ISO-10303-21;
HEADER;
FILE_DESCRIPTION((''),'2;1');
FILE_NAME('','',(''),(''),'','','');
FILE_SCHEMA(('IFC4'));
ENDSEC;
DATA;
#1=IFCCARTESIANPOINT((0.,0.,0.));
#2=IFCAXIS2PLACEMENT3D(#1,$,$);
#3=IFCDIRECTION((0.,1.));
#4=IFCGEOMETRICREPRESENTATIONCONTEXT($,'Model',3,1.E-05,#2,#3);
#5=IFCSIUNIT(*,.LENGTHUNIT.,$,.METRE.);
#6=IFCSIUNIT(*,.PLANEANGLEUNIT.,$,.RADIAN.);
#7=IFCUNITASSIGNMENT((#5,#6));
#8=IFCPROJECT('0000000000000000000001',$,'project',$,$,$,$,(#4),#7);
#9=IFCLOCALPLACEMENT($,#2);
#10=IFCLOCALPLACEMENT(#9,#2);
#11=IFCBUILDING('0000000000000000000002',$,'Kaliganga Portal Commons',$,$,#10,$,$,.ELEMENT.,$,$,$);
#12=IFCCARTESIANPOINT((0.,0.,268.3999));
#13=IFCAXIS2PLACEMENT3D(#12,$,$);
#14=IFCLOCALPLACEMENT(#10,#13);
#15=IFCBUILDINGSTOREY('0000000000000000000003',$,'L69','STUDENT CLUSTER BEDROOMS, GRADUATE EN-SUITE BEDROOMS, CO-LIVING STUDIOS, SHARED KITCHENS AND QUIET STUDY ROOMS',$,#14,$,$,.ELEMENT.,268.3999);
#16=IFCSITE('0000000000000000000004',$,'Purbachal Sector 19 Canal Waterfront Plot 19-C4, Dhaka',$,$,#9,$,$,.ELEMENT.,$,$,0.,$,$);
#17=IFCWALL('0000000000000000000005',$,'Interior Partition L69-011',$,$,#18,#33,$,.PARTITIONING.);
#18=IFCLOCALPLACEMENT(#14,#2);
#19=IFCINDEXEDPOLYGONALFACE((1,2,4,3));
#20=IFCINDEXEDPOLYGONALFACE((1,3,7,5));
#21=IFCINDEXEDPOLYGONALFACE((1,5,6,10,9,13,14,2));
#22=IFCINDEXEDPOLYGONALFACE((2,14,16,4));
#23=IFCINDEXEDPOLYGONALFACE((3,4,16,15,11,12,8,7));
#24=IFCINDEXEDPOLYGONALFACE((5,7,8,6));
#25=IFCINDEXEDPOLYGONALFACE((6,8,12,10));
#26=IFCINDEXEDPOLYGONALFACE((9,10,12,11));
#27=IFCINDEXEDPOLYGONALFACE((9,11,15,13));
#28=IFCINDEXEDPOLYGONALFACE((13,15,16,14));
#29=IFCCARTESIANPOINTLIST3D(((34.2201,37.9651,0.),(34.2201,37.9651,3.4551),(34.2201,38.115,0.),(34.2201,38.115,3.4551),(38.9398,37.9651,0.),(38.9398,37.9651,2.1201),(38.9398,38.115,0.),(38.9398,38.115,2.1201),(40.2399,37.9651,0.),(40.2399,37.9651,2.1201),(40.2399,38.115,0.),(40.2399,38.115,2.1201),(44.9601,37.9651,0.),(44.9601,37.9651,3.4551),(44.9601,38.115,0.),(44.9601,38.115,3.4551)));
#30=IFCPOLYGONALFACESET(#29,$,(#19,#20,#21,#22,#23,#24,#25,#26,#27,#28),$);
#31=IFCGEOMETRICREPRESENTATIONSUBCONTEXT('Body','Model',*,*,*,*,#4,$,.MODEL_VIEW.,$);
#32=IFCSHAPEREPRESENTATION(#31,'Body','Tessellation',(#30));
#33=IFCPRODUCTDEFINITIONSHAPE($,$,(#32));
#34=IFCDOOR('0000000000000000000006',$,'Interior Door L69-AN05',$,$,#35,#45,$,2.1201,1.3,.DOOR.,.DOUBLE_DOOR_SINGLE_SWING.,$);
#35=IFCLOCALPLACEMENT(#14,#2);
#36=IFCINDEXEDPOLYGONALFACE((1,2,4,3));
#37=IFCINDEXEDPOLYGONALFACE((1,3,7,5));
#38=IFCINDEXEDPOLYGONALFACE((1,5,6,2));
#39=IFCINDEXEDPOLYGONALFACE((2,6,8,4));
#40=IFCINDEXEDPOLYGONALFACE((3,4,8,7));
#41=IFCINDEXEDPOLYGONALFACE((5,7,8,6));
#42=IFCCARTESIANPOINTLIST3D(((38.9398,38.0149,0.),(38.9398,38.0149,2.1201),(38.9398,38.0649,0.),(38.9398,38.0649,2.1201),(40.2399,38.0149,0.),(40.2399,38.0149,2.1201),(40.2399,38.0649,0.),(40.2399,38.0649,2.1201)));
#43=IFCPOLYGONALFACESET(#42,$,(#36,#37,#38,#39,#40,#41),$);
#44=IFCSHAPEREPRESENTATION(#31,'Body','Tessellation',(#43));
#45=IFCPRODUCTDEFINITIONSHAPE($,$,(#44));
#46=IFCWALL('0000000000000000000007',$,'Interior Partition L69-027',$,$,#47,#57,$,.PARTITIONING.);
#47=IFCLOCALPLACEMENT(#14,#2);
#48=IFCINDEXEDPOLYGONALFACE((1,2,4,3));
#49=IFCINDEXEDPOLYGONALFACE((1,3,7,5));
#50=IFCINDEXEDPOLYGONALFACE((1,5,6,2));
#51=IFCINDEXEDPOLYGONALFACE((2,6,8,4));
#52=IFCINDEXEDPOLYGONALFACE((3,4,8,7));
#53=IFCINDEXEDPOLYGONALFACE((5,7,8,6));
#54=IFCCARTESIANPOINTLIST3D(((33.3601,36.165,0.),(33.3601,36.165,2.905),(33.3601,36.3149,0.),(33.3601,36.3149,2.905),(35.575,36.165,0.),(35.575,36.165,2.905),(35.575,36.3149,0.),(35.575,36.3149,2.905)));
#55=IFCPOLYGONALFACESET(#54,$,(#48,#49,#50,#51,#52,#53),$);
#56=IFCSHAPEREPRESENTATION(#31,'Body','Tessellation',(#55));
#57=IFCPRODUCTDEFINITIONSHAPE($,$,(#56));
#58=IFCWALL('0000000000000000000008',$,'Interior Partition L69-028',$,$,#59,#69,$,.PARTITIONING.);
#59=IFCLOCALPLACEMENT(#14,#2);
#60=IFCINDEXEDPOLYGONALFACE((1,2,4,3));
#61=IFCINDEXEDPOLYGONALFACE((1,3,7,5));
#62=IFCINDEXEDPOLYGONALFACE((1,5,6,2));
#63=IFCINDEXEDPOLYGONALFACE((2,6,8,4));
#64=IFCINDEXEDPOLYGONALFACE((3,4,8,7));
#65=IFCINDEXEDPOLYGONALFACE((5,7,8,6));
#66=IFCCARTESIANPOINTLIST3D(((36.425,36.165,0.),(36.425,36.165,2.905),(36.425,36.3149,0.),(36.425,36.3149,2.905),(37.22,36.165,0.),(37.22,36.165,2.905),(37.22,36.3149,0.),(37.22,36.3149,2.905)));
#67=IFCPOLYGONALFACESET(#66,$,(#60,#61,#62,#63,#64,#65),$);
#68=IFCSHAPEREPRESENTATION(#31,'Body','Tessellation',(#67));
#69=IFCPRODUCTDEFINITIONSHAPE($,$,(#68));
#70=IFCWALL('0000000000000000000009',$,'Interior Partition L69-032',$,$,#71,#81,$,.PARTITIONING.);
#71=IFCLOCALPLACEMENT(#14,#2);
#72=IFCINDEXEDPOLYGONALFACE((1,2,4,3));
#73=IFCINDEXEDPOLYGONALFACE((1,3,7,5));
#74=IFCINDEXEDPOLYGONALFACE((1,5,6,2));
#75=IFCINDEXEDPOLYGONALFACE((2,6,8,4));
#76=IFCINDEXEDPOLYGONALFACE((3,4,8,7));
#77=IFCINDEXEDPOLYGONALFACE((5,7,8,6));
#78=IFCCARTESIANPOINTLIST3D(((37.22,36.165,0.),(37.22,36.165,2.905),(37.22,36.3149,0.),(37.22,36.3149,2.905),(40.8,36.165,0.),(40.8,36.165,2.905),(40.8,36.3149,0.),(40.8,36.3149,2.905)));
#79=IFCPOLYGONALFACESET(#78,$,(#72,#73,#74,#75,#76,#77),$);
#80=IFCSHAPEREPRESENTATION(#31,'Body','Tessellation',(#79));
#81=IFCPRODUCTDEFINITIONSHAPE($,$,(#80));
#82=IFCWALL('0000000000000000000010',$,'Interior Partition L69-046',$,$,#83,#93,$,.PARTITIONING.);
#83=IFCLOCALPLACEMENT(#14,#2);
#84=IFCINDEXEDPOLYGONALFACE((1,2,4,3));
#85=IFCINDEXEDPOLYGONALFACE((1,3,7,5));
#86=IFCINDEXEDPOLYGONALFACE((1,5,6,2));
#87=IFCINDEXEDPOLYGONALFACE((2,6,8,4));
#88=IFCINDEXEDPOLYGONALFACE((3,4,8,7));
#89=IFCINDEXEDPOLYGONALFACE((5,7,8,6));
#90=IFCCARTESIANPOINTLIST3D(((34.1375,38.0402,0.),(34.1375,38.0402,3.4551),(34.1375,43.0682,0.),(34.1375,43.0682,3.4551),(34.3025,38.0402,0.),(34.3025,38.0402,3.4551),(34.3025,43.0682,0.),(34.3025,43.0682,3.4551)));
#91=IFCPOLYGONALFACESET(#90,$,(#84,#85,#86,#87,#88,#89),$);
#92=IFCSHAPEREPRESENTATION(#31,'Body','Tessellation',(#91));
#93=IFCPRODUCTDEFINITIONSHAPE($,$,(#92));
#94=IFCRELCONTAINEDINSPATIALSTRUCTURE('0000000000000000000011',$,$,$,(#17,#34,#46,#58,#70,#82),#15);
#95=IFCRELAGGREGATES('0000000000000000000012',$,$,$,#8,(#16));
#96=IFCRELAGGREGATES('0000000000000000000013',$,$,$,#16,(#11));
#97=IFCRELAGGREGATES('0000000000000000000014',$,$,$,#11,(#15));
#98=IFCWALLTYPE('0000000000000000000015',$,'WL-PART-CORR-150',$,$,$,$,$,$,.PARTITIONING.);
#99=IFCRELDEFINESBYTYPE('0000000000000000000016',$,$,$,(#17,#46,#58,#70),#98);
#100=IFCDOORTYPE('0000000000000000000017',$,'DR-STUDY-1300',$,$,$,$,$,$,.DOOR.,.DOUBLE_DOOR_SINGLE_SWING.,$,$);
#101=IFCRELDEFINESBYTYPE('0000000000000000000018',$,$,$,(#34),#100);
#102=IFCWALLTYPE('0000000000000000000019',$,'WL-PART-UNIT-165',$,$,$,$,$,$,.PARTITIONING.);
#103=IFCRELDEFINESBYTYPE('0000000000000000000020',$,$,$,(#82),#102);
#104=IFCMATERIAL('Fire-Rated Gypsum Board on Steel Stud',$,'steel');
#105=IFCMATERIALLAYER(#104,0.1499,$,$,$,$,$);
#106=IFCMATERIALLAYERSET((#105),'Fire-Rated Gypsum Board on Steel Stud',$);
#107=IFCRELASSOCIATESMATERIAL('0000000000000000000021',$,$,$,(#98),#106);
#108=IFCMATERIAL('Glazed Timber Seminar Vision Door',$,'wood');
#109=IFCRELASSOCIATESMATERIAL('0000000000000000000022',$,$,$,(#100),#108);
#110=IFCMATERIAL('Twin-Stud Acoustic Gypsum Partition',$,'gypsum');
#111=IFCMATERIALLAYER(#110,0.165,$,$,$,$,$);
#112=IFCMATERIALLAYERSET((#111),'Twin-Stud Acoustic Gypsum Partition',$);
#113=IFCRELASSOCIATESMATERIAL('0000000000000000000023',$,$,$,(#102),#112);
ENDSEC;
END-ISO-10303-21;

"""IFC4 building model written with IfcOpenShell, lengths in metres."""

from ifc_helpers import new_model, si_unit, direction, frame, frame_2d, origin, place, context, subcontext, project, spatial, rectangle, extrude, material, layer, layer_set, type_object, element, fill, save


model = new_model("IFC4")

# Units and contexts
model_context = context("Model", 3, precision=1e-05, world=origin(), true_north=direction((0.0, 1.0)))
body_context = subcontext(model_context, "Body", "Model", "MODEL_VIEW")
ifc_project = project(units=[si_unit("LENGTHUNIT", "METRE"), si_unit("PLANEANGLEUNIT", "RADIAN")], contexts=[model_context])

# Site, building, storey
site_placement = place(None, origin())
site = spatial("IfcSite", under=ifc_project, at=site_placement, Name="Purbachal Sector 19 Canal Waterfront Plot 19-C4, Dhaka", CompositionType="ELEMENT", RefElevation=0.0)
building_placement = place(site_placement, origin())
building = spatial("IfcBuilding", under=site, at=building_placement, Name="Kaliganga Portal Commons", CompositionType="ELEMENT")
storey_placement = place(building_placement, frame((0.0, 0.0, 268.3999)))
storey = spatial("IfcBuildingStorey", under=building, at=storey_placement, Name="L69", Description="STUDENT CLUSTER BEDROOMS, GRADUATE EN-SUITE BEDROOMS, CO-LIVING STUDIOS, SHARED KITCHENS AND QUIET STUDY ROOMS", CompositionType="ELEMENT", Elevation=268.3999)

# Wall, opening, door
ifc_material_1 = material(Name="Fire-Rated Gypsum Board on Steel Stud", Category="steel")
ifc_layer_1 = layer(ifc_material_1, 0.1499)
ifc_layer_set_1 = layer_set([ifc_layer_1], Name="Fire-Rated Gypsum Board on Steel Stud")
wall_type_1 = type_object("IfcWallType", Name="WL-PART-CORR-150", PredefinedType="PARTITIONING", material=ifc_layer_set_1)
wall_1_placement = place(storey_placement, frame((34.22, 38.04, 0.0), z_axis=(0.0, 0.0, 1.0), x_axis=(1.0, 0.0, 0.0)))
wall_1 = element("IfcWall", 1, at=wall_1_placement, inside=storey, type_object=wall_type_1, Name="Interior Partition L69-011", PredefinedType="PARTITIONING", context=body_context, shape_type="SweptSolid", body=[
    extrude(rectangle(XDim=10.74, YDim=0.1499, at=frame_2d((5.3701, 0.0))), origin(), (0.0, 0.0, 1.0), 3.4551),
])
opening_1_placement = place(wall_1_placement, frame((4.72, 0.0, 0.0)))
opening_1 = element("IfcOpeningElement", 2, at=opening_1_placement, cuts=wall_1, PredefinedType="OPENING", context=body_context, shape_type="SweptSolid", body=[
    extrude(rectangle(XDim=1.3, YDim=2.1201, at=frame_2d((0.6499, 1.0601))), frame((0.0, 0.085, 0.0), z_axis=(0.0, -1.0, 0.0), x_axis=(1.0, 0.0, 0.0)), (0.0, 0.0, 1.0), 0.1699),
])
ifc_material_2 = material(Name="Glazed Timber Seminar Vision Door", Category="wood")
door_type_1 = type_object("IfcDoorType", Name="DR-STUDY-1300", OperationType="DOUBLE_DOOR_SINGLE_SWING", PredefinedType="DOOR", material=ifc_material_2)
door_1_placement = place(opening_1_placement, origin())
door_1 = element("IfcDoor", 3, at=door_1_placement, inside=storey, type_object=door_type_1, Name="Interior Door L69-AN05", OperationType="DOUBLE_DOOR_SINGLE_SWING", OverallHeight=2.1201, OverallWidth=1.3, PredefinedType="DOOR", context=body_context, shape_type="SweptSolid", body=[
    extrude(rectangle(XDim=1.3, YDim=2.1201, at=frame_2d((0.6499, 1.0601))), frame((0.0, 0.0249, 0.0), z_axis=(0.0, -1.0, 0.0), x_axis=(1.0, 0.0, 0.0)), (0.0, 0.0, 1.0), 0.05),
])
fill(opening_1, door_1)

# Walls
wall_2_placement = place(storey_placement, frame((33.3601, 36.24, 0.0), z_axis=(0.0, 0.0, 1.0), x_axis=(1.0, 0.0, 0.0)))
element("IfcWall", 4, at=wall_2_placement, inside=storey, type_object=wall_type_1, Name="Interior Partition L69-027", PredefinedType="PARTITIONING", context=body_context, shape_type="SweptSolid", body=[
    extrude(rectangle(XDim=2.2148, YDim=0.1499, at=frame_2d((1.1074, 0.0))), origin(), (0.0, 0.0, 1.0), 2.905),
])
wall_3_placement = place(storey_placement, frame((36.425, 36.24, 0.0), z_axis=(0.0, 0.0, 1.0), x_axis=(1.0, 0.0, 0.0)))
element("IfcWall", 5, at=wall_3_placement, inside=storey, type_object=wall_type_1, Name="Interior Partition L69-028", PredefinedType="PARTITIONING", context=body_context, shape_type="SweptSolid", body=[
    extrude(rectangle(XDim=0.7949, YDim=0.1499, at=frame_2d((0.3975, 0.0))), origin(), (0.0, 0.0, 1.0), 2.905),
])
wall_4_placement = place(storey_placement, frame((37.22, 36.24, 0.0), z_axis=(0.0, 0.0, 1.0), x_axis=(1.0, 0.0, 0.0)))
element("IfcWall", 6, at=wall_4_placement, inside=storey, type_object=wall_type_1, Name="Interior Partition L69-032", PredefinedType="PARTITIONING", context=body_context, shape_type="SweptSolid", body=[
    extrude(rectangle(XDim=3.5801, YDim=0.1499, at=frame_2d((1.79, 0.0))), origin(), (0.0, 0.0, 1.0), 2.905),
])
ifc_material_3 = material(Name="Twin-Stud Acoustic Gypsum Partition", Category="gypsum")
ifc_layer_2 = layer(ifc_material_3, 0.165)
ifc_layer_set_2 = layer_set([ifc_layer_2], Name="Twin-Stud Acoustic Gypsum Partition")
wall_type_2 = type_object("IfcWallType", Name="WL-PART-UNIT-165", PredefinedType="PARTITIONING", material=ifc_layer_set_2)
wall_5_placement = place(storey_placement, frame((34.22, 38.04, 0.0), z_axis=(0.0, 0.0, 1.0), x_axis=(0.0, 1.0, 0.0)))
element("IfcWall", 7, at=wall_5_placement, inside=storey, type_object=wall_type_2, Name="Interior Partition L69-046", PredefinedType="PARTITIONING", context=body_context, shape_type="SweptSolid", body=[
    extrude(rectangle(XDim=5.0281, YDim=0.165, at=frame_2d((2.5142, 0.0))), origin(), (0.0, 0.0, 1.0), 3.4551),
])

save(model, "model.ifc")
